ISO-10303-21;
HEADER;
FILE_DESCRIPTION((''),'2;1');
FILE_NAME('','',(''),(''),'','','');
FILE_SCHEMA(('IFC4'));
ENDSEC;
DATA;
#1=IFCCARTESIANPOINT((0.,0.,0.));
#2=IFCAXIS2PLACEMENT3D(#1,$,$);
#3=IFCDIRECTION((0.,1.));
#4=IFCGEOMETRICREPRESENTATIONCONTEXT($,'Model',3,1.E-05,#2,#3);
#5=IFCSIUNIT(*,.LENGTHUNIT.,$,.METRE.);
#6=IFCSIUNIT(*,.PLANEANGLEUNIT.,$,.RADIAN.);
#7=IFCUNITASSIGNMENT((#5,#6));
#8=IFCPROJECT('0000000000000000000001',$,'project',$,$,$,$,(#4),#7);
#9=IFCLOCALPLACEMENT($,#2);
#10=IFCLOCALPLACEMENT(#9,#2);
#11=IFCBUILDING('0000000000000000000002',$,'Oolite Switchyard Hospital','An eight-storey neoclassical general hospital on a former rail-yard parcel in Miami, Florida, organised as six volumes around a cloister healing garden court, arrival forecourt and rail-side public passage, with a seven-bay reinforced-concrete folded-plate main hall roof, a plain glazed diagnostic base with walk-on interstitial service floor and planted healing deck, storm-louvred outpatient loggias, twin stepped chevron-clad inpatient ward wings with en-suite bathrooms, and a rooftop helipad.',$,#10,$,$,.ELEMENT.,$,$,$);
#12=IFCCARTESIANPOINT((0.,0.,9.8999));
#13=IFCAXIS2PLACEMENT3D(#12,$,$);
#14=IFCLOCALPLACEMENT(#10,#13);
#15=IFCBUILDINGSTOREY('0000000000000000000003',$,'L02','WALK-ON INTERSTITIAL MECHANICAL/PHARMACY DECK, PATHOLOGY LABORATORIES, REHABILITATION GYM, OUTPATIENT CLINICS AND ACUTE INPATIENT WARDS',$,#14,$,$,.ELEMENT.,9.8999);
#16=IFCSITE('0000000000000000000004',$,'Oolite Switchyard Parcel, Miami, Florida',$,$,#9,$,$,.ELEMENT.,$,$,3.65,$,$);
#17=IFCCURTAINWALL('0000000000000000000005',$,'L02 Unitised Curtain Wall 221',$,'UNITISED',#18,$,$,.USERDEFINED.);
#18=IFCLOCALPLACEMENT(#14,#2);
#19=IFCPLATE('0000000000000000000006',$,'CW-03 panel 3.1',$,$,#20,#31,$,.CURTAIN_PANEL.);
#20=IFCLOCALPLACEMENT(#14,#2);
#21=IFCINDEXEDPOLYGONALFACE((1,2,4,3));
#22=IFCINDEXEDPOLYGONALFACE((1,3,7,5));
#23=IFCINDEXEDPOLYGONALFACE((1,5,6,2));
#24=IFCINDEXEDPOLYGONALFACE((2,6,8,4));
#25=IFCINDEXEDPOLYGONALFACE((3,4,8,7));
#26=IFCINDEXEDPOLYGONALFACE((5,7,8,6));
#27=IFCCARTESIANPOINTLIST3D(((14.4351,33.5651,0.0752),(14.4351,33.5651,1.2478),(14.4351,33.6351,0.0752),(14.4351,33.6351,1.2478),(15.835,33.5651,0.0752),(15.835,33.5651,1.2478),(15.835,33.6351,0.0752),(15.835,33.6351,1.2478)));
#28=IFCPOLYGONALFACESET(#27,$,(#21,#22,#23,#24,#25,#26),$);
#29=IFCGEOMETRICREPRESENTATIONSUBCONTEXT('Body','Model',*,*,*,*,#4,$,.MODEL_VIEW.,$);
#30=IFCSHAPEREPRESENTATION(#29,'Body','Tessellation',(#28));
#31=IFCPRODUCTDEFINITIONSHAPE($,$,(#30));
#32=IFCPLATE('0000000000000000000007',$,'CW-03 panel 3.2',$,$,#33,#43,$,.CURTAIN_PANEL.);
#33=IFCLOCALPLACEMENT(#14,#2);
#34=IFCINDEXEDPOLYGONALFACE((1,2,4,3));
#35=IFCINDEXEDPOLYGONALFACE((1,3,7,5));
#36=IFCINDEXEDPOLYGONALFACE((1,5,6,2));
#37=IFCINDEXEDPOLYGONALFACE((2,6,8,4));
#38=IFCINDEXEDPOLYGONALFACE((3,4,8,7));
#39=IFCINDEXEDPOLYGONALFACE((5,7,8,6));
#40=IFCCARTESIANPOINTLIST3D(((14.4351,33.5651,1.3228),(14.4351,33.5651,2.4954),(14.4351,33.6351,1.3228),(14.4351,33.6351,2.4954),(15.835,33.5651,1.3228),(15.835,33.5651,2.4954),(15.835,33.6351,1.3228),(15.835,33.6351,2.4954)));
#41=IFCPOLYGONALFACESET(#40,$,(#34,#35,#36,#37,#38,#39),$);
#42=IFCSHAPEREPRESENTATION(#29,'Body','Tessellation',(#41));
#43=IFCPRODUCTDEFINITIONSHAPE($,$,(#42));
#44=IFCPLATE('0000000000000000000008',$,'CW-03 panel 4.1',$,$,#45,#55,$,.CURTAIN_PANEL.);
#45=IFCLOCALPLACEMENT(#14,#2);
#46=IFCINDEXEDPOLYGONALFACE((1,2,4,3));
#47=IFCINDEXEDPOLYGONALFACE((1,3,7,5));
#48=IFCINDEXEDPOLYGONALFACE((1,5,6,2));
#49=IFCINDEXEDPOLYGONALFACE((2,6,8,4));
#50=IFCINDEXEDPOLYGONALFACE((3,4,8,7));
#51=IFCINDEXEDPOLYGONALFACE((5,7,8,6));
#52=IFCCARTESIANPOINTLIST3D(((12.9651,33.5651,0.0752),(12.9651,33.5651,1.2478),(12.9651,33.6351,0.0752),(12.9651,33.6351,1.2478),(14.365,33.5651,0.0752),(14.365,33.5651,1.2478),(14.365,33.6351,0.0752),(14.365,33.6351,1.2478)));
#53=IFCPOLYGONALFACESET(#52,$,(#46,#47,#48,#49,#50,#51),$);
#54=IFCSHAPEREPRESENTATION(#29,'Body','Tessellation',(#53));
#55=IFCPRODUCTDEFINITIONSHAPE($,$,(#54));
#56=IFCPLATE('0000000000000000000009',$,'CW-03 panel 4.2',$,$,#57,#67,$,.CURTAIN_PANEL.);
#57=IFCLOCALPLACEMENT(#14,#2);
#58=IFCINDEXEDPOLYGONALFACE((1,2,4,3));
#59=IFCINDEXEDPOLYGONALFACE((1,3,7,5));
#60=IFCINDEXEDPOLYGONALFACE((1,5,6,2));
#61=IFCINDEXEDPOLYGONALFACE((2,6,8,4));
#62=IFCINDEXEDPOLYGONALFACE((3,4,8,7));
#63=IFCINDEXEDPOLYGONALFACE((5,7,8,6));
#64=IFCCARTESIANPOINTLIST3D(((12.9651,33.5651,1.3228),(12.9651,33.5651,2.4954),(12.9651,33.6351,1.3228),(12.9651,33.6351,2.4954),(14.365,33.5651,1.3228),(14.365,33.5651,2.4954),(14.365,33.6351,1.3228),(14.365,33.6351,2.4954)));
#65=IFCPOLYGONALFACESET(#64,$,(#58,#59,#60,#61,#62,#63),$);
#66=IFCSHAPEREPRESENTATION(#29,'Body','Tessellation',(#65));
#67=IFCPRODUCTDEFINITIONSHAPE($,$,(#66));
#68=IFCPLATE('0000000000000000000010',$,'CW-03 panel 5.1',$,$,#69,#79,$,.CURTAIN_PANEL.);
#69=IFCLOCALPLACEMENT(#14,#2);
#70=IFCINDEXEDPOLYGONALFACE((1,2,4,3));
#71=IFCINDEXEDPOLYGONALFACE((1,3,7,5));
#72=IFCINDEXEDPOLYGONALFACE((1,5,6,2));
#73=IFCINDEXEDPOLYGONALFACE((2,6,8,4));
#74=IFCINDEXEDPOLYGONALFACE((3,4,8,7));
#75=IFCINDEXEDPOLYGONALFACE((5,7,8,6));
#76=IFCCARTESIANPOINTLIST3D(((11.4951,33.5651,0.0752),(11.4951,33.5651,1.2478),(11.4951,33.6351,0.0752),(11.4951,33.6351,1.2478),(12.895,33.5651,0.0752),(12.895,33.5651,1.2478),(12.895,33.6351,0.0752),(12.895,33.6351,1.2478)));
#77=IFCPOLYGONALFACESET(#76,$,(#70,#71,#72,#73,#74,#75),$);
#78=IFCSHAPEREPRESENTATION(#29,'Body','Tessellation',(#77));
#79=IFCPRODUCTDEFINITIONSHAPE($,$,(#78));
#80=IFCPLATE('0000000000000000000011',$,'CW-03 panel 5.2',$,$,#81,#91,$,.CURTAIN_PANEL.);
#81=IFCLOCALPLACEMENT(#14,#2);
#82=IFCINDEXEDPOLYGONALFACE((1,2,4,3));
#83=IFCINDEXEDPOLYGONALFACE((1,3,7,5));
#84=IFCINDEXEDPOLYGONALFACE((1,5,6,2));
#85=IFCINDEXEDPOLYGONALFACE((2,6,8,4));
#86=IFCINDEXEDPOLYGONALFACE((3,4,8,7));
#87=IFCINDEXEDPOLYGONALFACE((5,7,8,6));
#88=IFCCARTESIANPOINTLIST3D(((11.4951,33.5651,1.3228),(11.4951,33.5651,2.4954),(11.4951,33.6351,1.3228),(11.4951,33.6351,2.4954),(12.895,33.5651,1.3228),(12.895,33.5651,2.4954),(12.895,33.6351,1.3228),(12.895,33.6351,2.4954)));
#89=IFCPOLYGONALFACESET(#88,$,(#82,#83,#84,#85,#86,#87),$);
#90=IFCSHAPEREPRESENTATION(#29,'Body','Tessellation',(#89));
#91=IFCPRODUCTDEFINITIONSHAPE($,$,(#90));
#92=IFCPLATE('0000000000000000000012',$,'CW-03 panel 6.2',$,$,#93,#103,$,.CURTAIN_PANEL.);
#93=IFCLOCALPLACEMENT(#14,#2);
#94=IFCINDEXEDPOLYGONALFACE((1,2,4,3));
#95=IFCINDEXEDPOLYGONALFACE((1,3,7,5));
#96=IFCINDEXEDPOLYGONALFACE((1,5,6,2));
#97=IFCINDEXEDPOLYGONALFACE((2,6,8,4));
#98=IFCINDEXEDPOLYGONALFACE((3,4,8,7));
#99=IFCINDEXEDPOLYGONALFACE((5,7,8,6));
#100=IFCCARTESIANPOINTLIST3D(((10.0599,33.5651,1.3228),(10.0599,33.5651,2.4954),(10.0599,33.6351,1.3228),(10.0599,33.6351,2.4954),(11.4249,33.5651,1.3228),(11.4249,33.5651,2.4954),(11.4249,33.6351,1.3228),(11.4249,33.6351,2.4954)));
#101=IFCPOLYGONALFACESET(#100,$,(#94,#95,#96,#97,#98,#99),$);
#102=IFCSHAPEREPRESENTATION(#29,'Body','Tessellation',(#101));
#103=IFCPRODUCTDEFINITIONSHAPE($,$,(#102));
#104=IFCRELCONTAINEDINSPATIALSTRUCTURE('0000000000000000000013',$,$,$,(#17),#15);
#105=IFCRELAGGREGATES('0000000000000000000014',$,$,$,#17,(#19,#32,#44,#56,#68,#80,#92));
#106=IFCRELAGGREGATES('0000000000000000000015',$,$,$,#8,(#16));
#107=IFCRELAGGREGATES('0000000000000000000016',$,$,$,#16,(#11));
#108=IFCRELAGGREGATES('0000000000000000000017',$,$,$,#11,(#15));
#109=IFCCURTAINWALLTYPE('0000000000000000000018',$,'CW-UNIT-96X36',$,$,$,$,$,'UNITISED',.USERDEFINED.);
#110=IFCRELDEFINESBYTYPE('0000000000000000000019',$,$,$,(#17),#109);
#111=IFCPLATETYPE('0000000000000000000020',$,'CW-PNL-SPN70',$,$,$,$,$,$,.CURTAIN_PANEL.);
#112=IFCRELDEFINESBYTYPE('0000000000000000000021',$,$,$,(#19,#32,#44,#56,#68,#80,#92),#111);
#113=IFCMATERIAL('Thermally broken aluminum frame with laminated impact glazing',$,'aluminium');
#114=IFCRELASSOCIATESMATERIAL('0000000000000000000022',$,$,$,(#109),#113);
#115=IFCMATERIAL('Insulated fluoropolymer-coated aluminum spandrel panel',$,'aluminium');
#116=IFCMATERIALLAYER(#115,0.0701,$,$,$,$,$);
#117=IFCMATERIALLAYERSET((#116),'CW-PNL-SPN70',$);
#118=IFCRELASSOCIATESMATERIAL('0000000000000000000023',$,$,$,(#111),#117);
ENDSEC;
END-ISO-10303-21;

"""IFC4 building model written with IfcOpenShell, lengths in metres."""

from ifc_helpers import new_model, si_unit, direction, frame, origin, origin_2d, place, context, subcontext, project, spatial, rectangle, extrude, material, layer, layer_set, type_object, element, aggregate, save


model = new_model("IFC4")

# Units and contexts
model_context = context("Model", 3, precision=1e-05, world=origin(), true_north=direction((0.0, 1.0)))
body_context = subcontext(model_context, "Body", "Model", "MODEL_VIEW")
ifc_project = project(units=[si_unit("LENGTHUNIT", "METRE"), si_unit("PLANEANGLEUNIT", "RADIAN")], contexts=[model_context])

# Site, building, storey
site_placement = place(None, origin())
site = spatial("IfcSite", under=ifc_project, at=site_placement, Name="Oolite Switchyard Parcel, Miami, Florida", CompositionType="ELEMENT", RefElevation=3.65)
building_placement = place(site_placement, origin())
building = spatial("IfcBuilding", under=site, at=building_placement, Name="Oolite Switchyard Hospital", Description="An eight-storey neoclassical general hospital on a former rail-yard parcel in Miami, Florida, organised as six volumes around a cloister healing garden court, arrival forecourt and rail-side public passage, with a seven-bay reinforced-concrete folded-plate main hall roof, a plain glazed diagnostic base with walk-on interstitial service floor and planted healing deck, storm-louvred outpatient loggias, twin stepped chevron-clad inpatient ward wings with en-suite bathrooms, and a rooftop helipad.", CompositionType="ELEMENT")
storey_placement = place(building_placement, frame((0.0, 0.0, 9.8999)))
storey = spatial("IfcBuildingStorey", under=building, at=storey_placement, Name="L02", Description="WALK-ON INTERSTITIAL MECHANICAL/PHARMACY DECK, PATHOLOGY LABORATORIES, REHABILITATION GYM, OUTPATIENT CLINICS AND ACUTE INPATIENT WARDS", CompositionType="ELEMENT", Elevation=9.8999)

# Curtain wall, plates
ifc_material_1 = material(Name="Thermally broken aluminum frame with laminated impact glazing", Category="aluminium")
curtain_wall_type = type_object("IfcCurtainWallType", Name="CW-UNIT-96X36", ElementType="UNITISED", PredefinedType="USERDEFINED", material=ifc_material_1)
curtain_wall_placement = place(storey_placement, origin())
curtain_wall = element("IfcCurtainWall", 1, at=curtain_wall_placement, inside=storey, type_object=curtain_wall_type, Name="L02 Unitised Curtain Wall 221", ObjectType="UNITISED", PredefinedType="USERDEFINED")
ifc_material_2 = material(Name="Insulated fluoropolymer-coated aluminum spandrel panel", Category="aluminium")
ifc_layer = layer(ifc_material_2, 0.0701)
ifc_layer_set = layer_set([ifc_layer], Name="CW-PNL-SPN70")
plate_type = type_object("IfcPlateType", Name="CW-PNL-SPN70", PredefinedType="CURTAIN_PANEL", material=ifc_layer_set)
plate_1_placement = place(storey_placement, frame((15.135, 33.6001, 0.0752), z_axis=(0.0, 0.0, 1.0), x_axis=(-1.0, 0.0, 0.0)))
plate_1 = element("IfcPlate", 2, at=plate_1_placement, type_object=plate_type, Name="CW-03 panel 3.1", PredefinedType="CURTAIN_PANEL", context=body_context, shape_type="SweptSolid", body=[
    extrude(rectangle(XDim=1.3999, YDim=0.0701, at=origin_2d()), origin(), (0.0, 0.0, 1.0), 1.1726),
])
plate_2_placement = place(storey_placement, frame((15.135, 33.6001, 1.3228), z_axis=(0.0, 0.0, 1.0), x_axis=(-1.0, 0.0, 0.0)))
plate_2 = element("IfcPlate", 3, at=plate_2_placement, type_object=plate_type, Name="CW-03 panel 3.2", PredefinedType="CURTAIN_PANEL", context=body_context, shape_type="SweptSolid", body=[
    extrude(rectangle(XDim=1.3999, YDim=0.0701, at=origin_2d()), origin(), (0.0, 0.0, 1.0), 1.1726),
])
plate_3_placement = place(storey_placement, frame((13.665, 33.6001, 0.0752), z_axis=(0.0, 0.0, 1.0), x_axis=(-1.0, 0.0, 0.0)))
plate_3 = element("IfcPlate", 4, at=plate_3_placement, type_object=plate_type, Name="CW-03 panel 4.1", PredefinedType="CURTAIN_PANEL", context=body_context, shape_type="SweptSolid", body=[
    extrude(rectangle(XDim=1.3999, YDim=0.0701, at=origin_2d()), origin(), (0.0, 0.0, 1.0), 1.1726),
])
plate_4_placement = place(storey_placement, frame((13.665, 33.6001, 1.3228), z_axis=(0.0, 0.0, 1.0), x_axis=(-1.0, 0.0, 0.0)))
plate_4 = element("IfcPlate", 5, at=plate_4_placement, type_object=plate_type, Name="CW-03 panel 4.2", PredefinedType="CURTAIN_PANEL", context=body_context, shape_type="SweptSolid", body=[
    extrude(rectangle(XDim=1.3999, YDim=0.0701, at=origin_2d()), origin(), (0.0, 0.0, 1.0), 1.1726),
])
plate_5_placement = place(storey_placement, frame((12.1951, 33.6001, 0.0752), z_axis=(0.0, 0.0, 1.0), x_axis=(-1.0, 0.0, 0.0)))
plate_5 = element("IfcPlate", 6, at=plate_5_placement, type_object=plate_type, Name="CW-03 panel 5.1", PredefinedType="CURTAIN_PANEL", context=body_context, shape_type="SweptSolid", body=[
    extrude(rectangle(XDim=1.3999, YDim=0.0701, at=origin_2d()), origin(), (0.0, 0.0, 1.0), 1.1726),
])
plate_6_placement = place(storey_placement, frame((12.1951, 33.6001, 1.3228), z_axis=(0.0, 0.0, 1.0), x_axis=(-1.0, 0.0, 0.0)))
plate_6 = element("IfcPlate", 7, at=plate_6_placement, type_object=plate_type, Name="CW-03 panel 5.2", PredefinedType="CURTAIN_PANEL", context=body_context, shape_type="SweptSolid", body=[
    extrude(rectangle(XDim=1.3999, YDim=0.0701, at=origin_2d()), origin(), (0.0, 0.0, 1.0), 1.1726),
])
plate_7_placement = place(storey_placement, frame((10.7424, 33.6001, 1.3228), z_axis=(0.0, 0.0, 1.0), x_axis=(-1.0, 0.0, 0.0)))
plate_7 = element("IfcPlate", 8, at=plate_7_placement, type_object=plate_type, Name="CW-03 panel 6.2", PredefinedType="CURTAIN_PANEL", context=body_context, shape_type="SweptSolid", body=[
    extrude(rectangle(XDim=1.365, YDim=0.0701, at=origin_2d()), origin(), (0.0, 0.0, 1.0), 1.1726),
])
aggregate(curtain_wall, [plate_1, plate_2, plate_3, plate_4, plate_5, plate_6, plate_7])

save(model, "model.ifc")
